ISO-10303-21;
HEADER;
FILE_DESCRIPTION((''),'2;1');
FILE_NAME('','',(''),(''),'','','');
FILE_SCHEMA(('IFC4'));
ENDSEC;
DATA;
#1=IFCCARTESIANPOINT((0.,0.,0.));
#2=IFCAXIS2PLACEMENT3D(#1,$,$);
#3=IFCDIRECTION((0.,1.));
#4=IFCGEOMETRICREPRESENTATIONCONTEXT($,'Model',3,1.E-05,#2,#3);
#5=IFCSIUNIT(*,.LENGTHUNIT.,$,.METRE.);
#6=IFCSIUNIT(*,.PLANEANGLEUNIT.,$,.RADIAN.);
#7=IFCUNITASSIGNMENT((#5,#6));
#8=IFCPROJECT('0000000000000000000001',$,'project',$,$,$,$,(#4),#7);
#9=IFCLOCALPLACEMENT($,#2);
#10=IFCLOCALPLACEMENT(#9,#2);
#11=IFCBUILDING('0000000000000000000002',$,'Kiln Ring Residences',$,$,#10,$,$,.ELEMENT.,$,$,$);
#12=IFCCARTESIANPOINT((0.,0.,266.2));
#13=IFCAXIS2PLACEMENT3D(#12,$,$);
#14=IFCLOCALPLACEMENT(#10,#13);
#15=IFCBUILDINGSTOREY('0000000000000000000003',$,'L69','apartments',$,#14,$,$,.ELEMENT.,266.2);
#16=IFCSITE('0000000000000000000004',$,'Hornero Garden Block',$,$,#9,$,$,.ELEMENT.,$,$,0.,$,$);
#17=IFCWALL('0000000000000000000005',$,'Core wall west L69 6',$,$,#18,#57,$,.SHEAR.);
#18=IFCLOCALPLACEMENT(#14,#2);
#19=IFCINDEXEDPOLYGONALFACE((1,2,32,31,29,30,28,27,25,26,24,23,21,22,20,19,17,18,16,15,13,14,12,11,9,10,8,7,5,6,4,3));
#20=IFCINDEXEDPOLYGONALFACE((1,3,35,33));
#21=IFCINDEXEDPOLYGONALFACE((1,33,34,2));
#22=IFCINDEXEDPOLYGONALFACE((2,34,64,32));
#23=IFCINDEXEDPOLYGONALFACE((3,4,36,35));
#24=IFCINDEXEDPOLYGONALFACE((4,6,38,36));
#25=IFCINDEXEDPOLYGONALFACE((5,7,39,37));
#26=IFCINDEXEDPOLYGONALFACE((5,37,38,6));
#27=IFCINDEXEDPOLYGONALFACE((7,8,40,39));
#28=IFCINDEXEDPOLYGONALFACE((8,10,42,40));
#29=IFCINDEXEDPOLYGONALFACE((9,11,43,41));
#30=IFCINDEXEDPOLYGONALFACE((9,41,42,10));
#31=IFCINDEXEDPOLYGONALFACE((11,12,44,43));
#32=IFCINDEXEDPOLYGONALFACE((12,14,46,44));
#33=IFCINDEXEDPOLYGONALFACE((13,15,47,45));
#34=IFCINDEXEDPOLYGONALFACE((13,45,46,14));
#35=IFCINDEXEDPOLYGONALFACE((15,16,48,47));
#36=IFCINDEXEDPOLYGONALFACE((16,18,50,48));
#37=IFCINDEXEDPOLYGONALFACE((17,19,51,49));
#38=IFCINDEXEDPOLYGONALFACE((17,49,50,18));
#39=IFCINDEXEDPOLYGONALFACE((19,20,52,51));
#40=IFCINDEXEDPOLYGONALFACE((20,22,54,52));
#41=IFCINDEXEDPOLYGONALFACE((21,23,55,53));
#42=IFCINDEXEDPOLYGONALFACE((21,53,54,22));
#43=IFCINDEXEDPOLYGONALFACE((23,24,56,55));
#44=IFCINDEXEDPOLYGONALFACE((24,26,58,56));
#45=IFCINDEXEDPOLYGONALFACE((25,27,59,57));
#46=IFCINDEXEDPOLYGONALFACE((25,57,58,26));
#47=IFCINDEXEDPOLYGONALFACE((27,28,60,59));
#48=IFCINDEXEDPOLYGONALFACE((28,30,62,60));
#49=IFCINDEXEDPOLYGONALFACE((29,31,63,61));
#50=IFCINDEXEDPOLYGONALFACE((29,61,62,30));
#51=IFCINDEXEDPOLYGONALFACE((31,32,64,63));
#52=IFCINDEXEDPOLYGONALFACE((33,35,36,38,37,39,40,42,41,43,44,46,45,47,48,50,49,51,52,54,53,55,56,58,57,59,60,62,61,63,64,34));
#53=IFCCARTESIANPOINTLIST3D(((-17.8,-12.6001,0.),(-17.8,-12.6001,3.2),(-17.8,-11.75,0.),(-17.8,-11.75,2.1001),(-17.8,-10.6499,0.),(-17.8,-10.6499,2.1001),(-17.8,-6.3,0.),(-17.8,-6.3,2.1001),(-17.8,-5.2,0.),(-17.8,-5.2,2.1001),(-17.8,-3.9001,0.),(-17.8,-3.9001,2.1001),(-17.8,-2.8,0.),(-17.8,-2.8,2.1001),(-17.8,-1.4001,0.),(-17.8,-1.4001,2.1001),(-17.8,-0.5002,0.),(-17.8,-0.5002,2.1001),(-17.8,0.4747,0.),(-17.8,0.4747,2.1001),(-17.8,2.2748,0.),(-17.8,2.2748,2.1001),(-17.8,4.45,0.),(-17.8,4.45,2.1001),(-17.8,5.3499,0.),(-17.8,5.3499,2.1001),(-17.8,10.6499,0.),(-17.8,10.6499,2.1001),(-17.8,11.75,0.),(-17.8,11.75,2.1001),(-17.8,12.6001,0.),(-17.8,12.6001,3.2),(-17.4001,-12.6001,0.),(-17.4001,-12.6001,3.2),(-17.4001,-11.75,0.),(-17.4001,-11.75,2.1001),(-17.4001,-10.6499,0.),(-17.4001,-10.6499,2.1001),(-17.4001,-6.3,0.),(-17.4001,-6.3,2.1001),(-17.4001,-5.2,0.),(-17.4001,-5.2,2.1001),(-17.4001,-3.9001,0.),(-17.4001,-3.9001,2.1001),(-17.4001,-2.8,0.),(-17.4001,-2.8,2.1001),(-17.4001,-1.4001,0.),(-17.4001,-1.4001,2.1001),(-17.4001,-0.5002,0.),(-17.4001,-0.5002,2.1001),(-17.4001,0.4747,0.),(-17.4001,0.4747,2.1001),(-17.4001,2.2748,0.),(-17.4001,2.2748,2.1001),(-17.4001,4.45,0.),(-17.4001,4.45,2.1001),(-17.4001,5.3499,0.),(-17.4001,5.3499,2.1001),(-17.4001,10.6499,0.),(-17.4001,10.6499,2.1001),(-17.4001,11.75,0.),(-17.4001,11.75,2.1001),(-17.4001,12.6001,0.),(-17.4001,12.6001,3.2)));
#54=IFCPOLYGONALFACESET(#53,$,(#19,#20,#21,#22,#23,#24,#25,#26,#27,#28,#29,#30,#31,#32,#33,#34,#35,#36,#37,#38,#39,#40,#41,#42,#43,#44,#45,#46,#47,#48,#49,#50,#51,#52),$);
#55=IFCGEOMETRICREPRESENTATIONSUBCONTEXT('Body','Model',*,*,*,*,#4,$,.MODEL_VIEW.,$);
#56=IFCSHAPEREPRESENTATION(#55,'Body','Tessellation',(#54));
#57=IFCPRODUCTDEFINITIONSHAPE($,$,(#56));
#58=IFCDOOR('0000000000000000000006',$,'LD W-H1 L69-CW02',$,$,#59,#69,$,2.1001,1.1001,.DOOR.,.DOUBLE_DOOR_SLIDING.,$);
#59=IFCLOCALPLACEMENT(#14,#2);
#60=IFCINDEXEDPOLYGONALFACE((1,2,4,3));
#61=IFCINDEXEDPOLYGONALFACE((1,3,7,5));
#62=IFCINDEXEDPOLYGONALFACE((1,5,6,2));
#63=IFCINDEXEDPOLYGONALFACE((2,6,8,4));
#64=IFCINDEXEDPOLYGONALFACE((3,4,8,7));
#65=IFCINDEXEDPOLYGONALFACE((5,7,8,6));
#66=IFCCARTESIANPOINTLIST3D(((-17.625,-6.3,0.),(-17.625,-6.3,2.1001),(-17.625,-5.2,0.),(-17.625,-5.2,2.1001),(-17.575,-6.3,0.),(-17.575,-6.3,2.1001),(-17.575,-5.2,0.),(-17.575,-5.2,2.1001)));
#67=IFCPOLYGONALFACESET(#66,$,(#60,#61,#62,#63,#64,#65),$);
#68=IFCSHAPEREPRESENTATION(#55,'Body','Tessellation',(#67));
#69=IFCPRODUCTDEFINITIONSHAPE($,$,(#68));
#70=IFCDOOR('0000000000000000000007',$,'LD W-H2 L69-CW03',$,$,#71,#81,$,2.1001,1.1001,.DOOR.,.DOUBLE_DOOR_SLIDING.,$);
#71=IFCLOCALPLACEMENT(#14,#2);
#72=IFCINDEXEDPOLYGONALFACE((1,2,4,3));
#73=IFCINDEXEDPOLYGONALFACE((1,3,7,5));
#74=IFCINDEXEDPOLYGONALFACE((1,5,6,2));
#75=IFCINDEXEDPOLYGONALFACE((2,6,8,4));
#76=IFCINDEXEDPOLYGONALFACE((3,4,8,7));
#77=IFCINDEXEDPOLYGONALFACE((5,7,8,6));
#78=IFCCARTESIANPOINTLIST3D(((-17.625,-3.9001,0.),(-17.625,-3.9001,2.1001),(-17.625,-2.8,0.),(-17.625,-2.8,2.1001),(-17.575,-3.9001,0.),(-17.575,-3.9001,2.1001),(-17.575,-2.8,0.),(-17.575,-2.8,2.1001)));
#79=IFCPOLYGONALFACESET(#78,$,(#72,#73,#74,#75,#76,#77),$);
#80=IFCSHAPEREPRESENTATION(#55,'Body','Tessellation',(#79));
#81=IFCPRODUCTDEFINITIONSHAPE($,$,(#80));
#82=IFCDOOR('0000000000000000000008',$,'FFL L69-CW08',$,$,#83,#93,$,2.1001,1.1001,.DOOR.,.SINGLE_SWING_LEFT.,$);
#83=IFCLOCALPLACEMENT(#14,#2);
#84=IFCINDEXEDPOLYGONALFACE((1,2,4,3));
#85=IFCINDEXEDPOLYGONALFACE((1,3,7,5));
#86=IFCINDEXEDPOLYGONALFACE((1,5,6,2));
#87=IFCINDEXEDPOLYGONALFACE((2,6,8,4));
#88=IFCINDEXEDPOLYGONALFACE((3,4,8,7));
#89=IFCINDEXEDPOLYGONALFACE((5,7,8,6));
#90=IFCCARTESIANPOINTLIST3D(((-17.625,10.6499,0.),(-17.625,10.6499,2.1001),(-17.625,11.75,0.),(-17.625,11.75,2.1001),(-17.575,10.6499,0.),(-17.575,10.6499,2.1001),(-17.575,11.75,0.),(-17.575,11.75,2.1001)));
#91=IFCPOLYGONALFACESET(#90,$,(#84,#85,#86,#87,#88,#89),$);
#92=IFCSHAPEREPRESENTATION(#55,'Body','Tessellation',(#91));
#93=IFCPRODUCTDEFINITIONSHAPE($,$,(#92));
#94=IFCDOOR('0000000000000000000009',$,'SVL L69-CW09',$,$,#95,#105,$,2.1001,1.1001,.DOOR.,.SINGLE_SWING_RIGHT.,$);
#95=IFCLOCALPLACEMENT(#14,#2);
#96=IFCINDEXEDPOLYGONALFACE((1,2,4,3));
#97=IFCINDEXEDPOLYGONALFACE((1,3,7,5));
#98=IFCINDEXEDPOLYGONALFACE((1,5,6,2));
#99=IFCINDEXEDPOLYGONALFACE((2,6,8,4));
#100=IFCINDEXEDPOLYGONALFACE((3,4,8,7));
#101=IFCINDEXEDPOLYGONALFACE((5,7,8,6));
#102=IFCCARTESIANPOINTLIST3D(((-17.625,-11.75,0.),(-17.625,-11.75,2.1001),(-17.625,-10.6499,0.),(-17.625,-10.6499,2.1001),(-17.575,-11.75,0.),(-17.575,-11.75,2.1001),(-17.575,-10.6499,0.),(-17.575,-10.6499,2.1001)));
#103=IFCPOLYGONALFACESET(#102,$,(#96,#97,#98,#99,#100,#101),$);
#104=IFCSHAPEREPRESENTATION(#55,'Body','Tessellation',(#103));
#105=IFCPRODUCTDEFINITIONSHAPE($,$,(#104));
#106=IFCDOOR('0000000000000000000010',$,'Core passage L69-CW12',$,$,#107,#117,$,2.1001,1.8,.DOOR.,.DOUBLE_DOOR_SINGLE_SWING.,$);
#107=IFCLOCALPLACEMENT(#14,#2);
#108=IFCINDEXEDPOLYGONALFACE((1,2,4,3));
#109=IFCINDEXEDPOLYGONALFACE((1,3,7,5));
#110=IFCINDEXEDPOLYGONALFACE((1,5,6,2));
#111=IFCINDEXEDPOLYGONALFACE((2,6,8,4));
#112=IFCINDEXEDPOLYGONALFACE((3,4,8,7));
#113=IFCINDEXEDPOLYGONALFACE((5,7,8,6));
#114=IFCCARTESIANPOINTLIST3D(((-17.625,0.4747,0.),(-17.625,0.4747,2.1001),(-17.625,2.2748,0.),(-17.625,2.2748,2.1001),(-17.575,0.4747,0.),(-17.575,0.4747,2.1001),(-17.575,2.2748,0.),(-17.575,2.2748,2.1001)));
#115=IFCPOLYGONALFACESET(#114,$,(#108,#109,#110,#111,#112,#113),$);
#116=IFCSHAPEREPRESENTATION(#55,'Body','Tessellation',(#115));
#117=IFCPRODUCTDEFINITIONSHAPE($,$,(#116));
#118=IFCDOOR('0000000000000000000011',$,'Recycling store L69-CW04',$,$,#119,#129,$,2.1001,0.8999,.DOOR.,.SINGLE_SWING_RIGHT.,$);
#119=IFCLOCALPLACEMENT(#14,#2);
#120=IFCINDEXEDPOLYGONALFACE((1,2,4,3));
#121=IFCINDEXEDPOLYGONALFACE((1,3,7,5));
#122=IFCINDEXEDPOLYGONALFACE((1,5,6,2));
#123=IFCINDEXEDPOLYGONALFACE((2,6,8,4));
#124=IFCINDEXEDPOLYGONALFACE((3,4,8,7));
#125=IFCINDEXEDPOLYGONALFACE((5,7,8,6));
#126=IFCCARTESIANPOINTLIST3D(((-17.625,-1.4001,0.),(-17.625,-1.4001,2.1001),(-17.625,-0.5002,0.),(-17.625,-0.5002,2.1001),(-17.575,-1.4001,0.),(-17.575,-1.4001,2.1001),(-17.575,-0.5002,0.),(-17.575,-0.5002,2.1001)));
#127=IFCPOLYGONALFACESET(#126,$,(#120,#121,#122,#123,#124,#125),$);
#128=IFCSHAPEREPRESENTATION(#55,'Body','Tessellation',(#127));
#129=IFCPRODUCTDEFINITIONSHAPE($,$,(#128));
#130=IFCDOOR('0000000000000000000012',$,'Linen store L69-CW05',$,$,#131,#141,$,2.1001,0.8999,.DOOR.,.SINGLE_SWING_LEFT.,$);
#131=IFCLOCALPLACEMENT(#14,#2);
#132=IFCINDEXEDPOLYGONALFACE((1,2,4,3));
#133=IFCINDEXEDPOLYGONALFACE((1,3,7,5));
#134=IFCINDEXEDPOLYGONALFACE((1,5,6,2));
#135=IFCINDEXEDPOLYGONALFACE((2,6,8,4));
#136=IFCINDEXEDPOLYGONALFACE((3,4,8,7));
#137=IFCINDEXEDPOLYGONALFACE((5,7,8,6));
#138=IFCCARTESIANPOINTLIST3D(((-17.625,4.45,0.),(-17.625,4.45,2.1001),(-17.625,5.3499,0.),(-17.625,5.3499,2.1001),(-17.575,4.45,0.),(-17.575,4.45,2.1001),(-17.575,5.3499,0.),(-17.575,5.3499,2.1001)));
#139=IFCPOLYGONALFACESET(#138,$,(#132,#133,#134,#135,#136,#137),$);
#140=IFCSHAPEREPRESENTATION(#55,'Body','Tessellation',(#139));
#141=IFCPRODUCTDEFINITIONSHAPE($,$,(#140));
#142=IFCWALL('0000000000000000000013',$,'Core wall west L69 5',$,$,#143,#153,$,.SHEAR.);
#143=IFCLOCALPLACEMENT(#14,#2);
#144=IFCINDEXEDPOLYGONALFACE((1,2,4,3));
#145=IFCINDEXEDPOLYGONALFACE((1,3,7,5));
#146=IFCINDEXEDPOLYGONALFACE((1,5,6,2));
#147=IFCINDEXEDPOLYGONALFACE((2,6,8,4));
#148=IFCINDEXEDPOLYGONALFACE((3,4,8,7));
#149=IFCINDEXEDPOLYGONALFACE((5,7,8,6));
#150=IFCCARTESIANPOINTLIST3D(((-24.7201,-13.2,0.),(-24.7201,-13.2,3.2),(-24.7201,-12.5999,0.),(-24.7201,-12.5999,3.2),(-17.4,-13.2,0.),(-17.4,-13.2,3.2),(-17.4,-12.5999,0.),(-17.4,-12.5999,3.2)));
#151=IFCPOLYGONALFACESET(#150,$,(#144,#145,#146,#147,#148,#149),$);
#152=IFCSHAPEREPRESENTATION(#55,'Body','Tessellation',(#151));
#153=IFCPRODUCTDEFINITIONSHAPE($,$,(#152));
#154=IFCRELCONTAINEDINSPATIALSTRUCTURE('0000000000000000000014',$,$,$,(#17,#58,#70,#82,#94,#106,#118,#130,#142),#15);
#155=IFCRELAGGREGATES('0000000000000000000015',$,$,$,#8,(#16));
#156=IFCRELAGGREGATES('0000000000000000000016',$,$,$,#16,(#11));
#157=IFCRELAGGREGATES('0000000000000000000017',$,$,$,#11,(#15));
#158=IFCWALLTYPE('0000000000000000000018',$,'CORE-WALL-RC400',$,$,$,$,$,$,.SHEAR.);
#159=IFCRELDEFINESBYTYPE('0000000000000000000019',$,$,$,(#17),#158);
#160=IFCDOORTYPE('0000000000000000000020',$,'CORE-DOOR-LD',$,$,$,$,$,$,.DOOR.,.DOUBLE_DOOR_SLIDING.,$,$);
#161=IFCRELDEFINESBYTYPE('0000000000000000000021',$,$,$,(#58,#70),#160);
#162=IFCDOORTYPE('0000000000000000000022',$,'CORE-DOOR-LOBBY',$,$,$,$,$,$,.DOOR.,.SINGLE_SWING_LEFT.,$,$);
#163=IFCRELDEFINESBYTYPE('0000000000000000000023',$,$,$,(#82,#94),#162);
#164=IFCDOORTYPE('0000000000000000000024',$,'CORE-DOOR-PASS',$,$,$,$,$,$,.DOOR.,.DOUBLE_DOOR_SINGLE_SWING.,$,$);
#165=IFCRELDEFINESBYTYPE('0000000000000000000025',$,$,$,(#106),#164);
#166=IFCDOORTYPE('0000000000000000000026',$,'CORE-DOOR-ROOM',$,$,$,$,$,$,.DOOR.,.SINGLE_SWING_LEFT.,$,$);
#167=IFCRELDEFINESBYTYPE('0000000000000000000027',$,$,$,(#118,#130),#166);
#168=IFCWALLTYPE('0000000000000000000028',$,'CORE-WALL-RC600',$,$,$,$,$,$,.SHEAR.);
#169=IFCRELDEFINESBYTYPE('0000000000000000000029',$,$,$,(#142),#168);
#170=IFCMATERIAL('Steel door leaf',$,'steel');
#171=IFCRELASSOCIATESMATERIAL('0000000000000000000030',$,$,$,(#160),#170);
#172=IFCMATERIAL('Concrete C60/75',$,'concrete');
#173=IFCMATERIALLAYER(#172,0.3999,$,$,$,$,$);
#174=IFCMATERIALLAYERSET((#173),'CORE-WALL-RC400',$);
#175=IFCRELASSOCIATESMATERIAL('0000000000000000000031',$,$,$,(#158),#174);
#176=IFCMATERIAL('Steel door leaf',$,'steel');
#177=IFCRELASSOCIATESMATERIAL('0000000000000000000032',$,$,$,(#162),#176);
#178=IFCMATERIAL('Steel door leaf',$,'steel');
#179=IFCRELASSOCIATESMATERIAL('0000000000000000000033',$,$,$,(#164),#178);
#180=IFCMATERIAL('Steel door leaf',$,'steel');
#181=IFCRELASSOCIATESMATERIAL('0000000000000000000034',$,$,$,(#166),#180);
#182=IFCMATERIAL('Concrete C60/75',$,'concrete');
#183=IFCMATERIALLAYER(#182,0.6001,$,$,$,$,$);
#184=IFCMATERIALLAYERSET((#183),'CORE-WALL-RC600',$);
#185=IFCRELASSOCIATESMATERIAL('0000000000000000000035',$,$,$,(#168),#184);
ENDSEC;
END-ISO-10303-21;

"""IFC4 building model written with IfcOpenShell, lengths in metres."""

from ifc_helpers import new_model, si_unit, direction, frame, frame_2d, origin, place, context, subcontext, project, spatial, rectangle, extrude, material, layer, layer_set, type_object, element, fill, save


model = new_model("IFC4")

# Units and contexts
model_context = context("Model", 3, precision=1e-05, world=origin(), true_north=direction((0.0, 1.0)))
body_context = subcontext(model_context, "Body", "Model", "MODEL_VIEW")
ifc_project = project(units=[si_unit("LENGTHUNIT", "METRE"), si_unit("PLANEANGLEUNIT", "RADIAN")], contexts=[model_context])

# Site, building, storey
site_placement = place(None, origin())
site = spatial("IfcSite", under=ifc_project, at=site_placement, Name="Hornero Garden Block", CompositionType="ELEMENT", RefElevation=0.0)
building_placement = place(site_placement, origin())
building = spatial("IfcBuilding", under=site, at=building_placement, Name="Kiln Ring Residences", CompositionType="ELEMENT")
storey_placement = place(building_placement, frame((0.0, 0.0, 266.2)))
storey = spatial("IfcBuildingStorey", under=building, at=storey_placement, Name="L69", Description="apartments", CompositionType="ELEMENT", Elevation=266.2)

# Wall, openings, doors
ifc_material_1 = material(Name="Steel door leaf", Category="steel")
door_type_1 = type_object("IfcDoorType", Name="CORE-DOOR-LD", OperationType="DOUBLE_DOOR_SLIDING", PredefinedType="DOOR", material=ifc_material_1)
ifc_material_2 = material(Name="Concrete C60/75", Category="concrete")
ifc_layer_1 = layer(ifc_material_2, 0.3999)
ifc_layer_set_1 = layer_set([ifc_layer_1], Name="CORE-WALL-RC400")
wall_type_1 = type_object("IfcWallType", Name="CORE-WALL-RC400", PredefinedType="SHEAR", material=ifc_layer_set_1)
wall_1_placement = place(storey_placement, frame((-17.6001, -12.6001, 0.0), z_axis=(0.0, 0.0, 1.0), x_axis=(0.0, 1.0, 0.0)))
wall_1 = element("IfcWall", 1, at=wall_1_placement, inside=storey, type_object=wall_type_1, Name="Core wall west L69 6", PredefinedType="SHEAR", context=body_context, shape_type="SweptSolid", body=[
    extrude(rectangle(XDim=25.2002, YDim=0.3999, at=frame_2d((12.6001, 0.0))), origin(), (0.0, 0.0, 1.0), 3.2),
])
opening_1_placement = place(wall_1_placement, frame((6.3, 0.0, 0.0)))
opening_1 = element("IfcOpeningElement", 2, at=opening_1_placement, cuts=wall_1, PredefinedType="OPENING", context=body_context, shape_type="SweptSolid", body=[
    extrude(rectangle(XDim=1.1001, YDim=2.1001, at=frame_2d((0.55, 1.05))), frame((0.0, 0.21, 0.0), z_axis=(0.0, -1.0, 0.0), x_axis=(1.0, 0.0, 0.0)), (0.0, 0.0, 1.0), 0.4199),
])
opening_2_placement = place(wall_1_placement, frame((8.7, 0.0, 0.0)))
opening_2 = element("IfcOpeningElement", 3, at=opening_2_placement, cuts=wall_1, PredefinedType="OPENING", context=body_context, shape_type="SweptSolid", body=[
    extrude(rectangle(XDim=1.1001, YDim=2.1001, at=frame_2d((0.55, 1.05))), frame((0.0, 0.21, 0.0), z_axis=(0.0, -1.0, 0.0), x_axis=(1.0, 0.0, 0.0)), (0.0, 0.0, 1.0), 0.4199),
])
opening_3_placement = place(wall_1_placement, frame((11.2, 0.0, 0.0)))
opening_3 = element("IfcOpeningElement", 4, at=opening_3_placement, cuts=wall_1, PredefinedType="OPENING", context=body_context, shape_type="SweptSolid", body=[
    extrude(rectangle(XDim=0.8999, YDim=2.1001, at=frame_2d((0.45, 1.05))), frame((0.0, 0.21, 0.0), z_axis=(0.0, -1.0, 0.0), x_axis=(1.0, 0.0, 0.0)), (0.0, 0.0, 1.0), 0.4199),
])
opening_4_placement = place(wall_1_placement, frame((17.05, 0.0, 0.0)))
opening_4 = element("IfcOpeningElement", 5, at=opening_4_placement, cuts=wall_1, PredefinedType="OPENING", context=body_context, shape_type="SweptSolid", body=[
    extrude(rectangle(XDim=0.8999, YDim=2.1001, at=frame_2d((0.45, 1.05))), frame((0.0, 0.21, 0.0), z_axis=(0.0, -1.0, 0.0), x_axis=(1.0, 0.0, 0.0)), (0.0, 0.0, 1.0), 0.4199),
])
opening_5_placement = place(wall_1_placement, frame((23.25, 0.0, 0.0)))
opening_5 = element("IfcOpeningElement", 6, at=opening_5_placement, cuts=wall_1, PredefinedType="OPENING", context=body_context, shape_type="SweptSolid", body=[
    extrude(rectangle(XDim=1.1001, YDim=2.1001, at=frame_2d((0.55, 1.05))), frame((0.0, 0.21, 0.0), z_axis=(0.0, -1.0, 0.0), x_axis=(1.0, 0.0, 0.0)), (0.0, 0.0, 1.0), 0.4199),
])
opening_6_placement = place(wall_1_placement, frame((0.8501, 0.0, 0.0)))
opening_6 = element("IfcOpeningElement", 7, at=opening_6_placement, cuts=wall_1, PredefinedType="OPENING", context=body_context, shape_type="SweptSolid", body=[
    extrude(rectangle(XDim=1.1001, YDim=2.1001, at=frame_2d((0.55, 1.05))), frame((0.0, 0.21, 0.0), z_axis=(0.0, -1.0, 0.0), x_axis=(1.0, 0.0, 0.0)), (0.0, 0.0, 1.0), 0.4199),
])
opening_7_placement = place(wall_1_placement, frame((13.075, 0.0, 0.0)))
opening_7 = element("IfcOpeningElement", 8, at=opening_7_placement, cuts=wall_1, PredefinedType="OPENING", context=body_context, shape_type="SweptSolid", body=[
    extrude(rectangle(XDim=1.8, YDim=2.1001, at=frame_2d((0.8999, 1.05))), frame((0.0, 0.21, 0.0), z_axis=(0.0, -1.0, 0.0), x_axis=(1.0, 0.0, 0.0)), (0.0, 0.0, 1.0), 0.4199),
])
door_1_placement = place(opening_1_placement, origin())
door_1 = element("IfcDoor", 9, at=door_1_placement, inside=storey, type_object=door_type_1, Name="LD W-H1 L69-CW02", OperationType="DOUBLE_DOOR_SLIDING", OverallHeight=2.1001, OverallWidth=1.1001, PredefinedType="DOOR", context=body_context, shape_type="SweptSolid", body=[
    extrude(rectangle(XDim=1.1001, YDim=2.1001, at=frame_2d((0.55, 1.05))), frame((0.0, 0.0249, 0.0), z_axis=(0.0, -1.0, 0.0), x_axis=(1.0, 0.0, 0.0)), (0.0, 0.0, 1.0), 0.05),
])
fill(opening_1, door_1)
door_2_placement = place(opening_2_placement, origin())
door_2 = element("IfcDoor", 10, at=door_2_placement, inside=storey, type_object=door_type_1, Name="LD W-H2 L69-CW03", OperationType="DOUBLE_DOOR_SLIDING", OverallHeight=2.1001, OverallWidth=1.1001, PredefinedType="DOOR", context=body_context, shape_type="SweptSolid", body=[
    extrude(rectangle(XDim=1.1001, YDim=2.1001, at=frame_2d((0.55, 1.05))), frame((0.0, 0.0249, 0.0), z_axis=(0.0, -1.0, 0.0), x_axis=(1.0, 0.0, 0.0)), (0.0, 0.0, 1.0), 0.05),
])
fill(opening_2, door_2)
ifc_material_3 = material(Name="Steel door leaf", Category="steel")
door_type_2 = type_object("IfcDoorType", Name="CORE-DOOR-LOBBY", OperationType="SINGLE_SWING_LEFT", PredefinedType="DOOR", material=ifc_material_3)
door_3_placement = place(opening_5_placement, origin())
door_3 = element("IfcDoor", 11, at=door_3_placement, inside=storey, type_object=door_type_2, Name="FFL L69-CW08", OperationType="SINGLE_SWING_LEFT", OverallHeight=2.1001, OverallWidth=1.1001, PredefinedType="DOOR", context=body_context, shape_type="SweptSolid", body=[
    extrude(rectangle(XDim=1.1001, YDim=2.1001, at=frame_2d((0.55, 1.05))), frame((0.0, 0.0249, 0.0), z_axis=(0.0, -1.0, 0.0), x_axis=(1.0, 0.0, 0.0)), (0.0, 0.0, 1.0), 0.05),
])
fill(opening_5, door_3)
door_4_placement = place(opening_6_placement, origin())
door_4 = element("IfcDoor", 12, at=door_4_placement, inside=storey, type_object=door_type_2, Name="SVL L69-CW09", OperationType="SINGLE_SWING_RIGHT", OverallHeight=2.1001, OverallWidth=1.1001, PredefinedType="DOOR", context=body_context, shape_type="SweptSolid", body=[
    extrude(rectangle(XDim=1.1001, YDim=2.1001, at=frame_2d((0.55, 1.05))), frame((0.0, 0.0249, 0.0), z_axis=(0.0, -1.0, 0.0), x_axis=(1.0, 0.0, 0.0)), (0.0, 0.0, 1.0), 0.05),
])
fill(opening_6, door_4)
ifc_material_4 = material(Name="Steel door leaf", Category="steel")
door_type_3 = type_object("IfcDoorType", Name="CORE-DOOR-PASS", OperationType="DOUBLE_DOOR_SINGLE_SWING", PredefinedType="DOOR", material=ifc_material_4)
door_5_placement = place(opening_7_placement, origin())
door_5 = element("IfcDoor", 13, at=door_5_placement, inside=storey, type_object=door_type_3, Name="Core passage L69-CW12", OperationType="DOUBLE_DOOR_SINGLE_SWING", OverallHeight=2.1001, OverallWidth=1.8, PredefinedType="DOOR", context=body_context, shape_type="SweptSolid", body=[
    extrude(rectangle(XDim=1.8, YDim=2.1001, at=frame_2d((0.8999, 1.05))), frame((0.0, 0.0249, 0.0), z_axis=(0.0, -1.0, 0.0), x_axis=(1.0, 0.0, 0.0)), (0.0, 0.0, 1.0), 0.05),
])
fill(opening_7, door_5)
ifc_material_5 = material(Name="Steel door leaf", Category="steel")
door_type_4 = type_object("IfcDoorType", Name="CORE-DOOR-ROOM", OperationType="SINGLE_SWING_LEFT", PredefinedType="DOOR", material=ifc_material_5)
door_6_placement = place(opening_3_placement, origin())
door_6 = element("IfcDoor", 14, at=door_6_placement, inside=storey, type_object=door_type_4, Name="Recycling store L69-CW04", OperationType="SINGLE_SWING_RIGHT", OverallHeight=2.1001, OverallWidth=0.8999, PredefinedType="DOOR", context=body_context, shape_type="SweptSolid", body=[
    extrude(rectangle(XDim=0.8999, YDim=2.1001, at=frame_2d((0.45, 1.05))), frame((0.0, 0.0249, 0.0), z_axis=(0.0, -1.0, 0.0), x_axis=(1.0, 0.0, 0.0)), (0.0, 0.0, 1.0), 0.05),
])
fill(opening_3, door_6)
door_7_placement = place(opening_4_placement, origin())
door_7 = element("IfcDoor", 15, at=door_7_placement, inside=storey, type_object=door_type_4, Name="Linen store L69-CW05", OperationType="SINGLE_SWING_LEFT", OverallHeight=2.1001, OverallWidth=0.8999, PredefinedType="DOOR", context=body_context, shape_type="SweptSolid", body=[
    extrude(rectangle(XDim=0.8999, YDim=2.1001, at=frame_2d((0.45, 1.05))), frame((0.0, 0.0249, 0.0), z_axis=(0.0, -1.0, 0.0), x_axis=(1.0, 0.0, 0.0)), (0.0, 0.0, 1.0), 0.05),
])
fill(opening_4, door_7)

# Wall
ifc_material_6 = material(Name="Concrete C60/75", Category="concrete")
ifc_layer_2 = layer(ifc_material_6, 0.6001)
ifc_layer_set_2 = layer_set([ifc_layer_2], Name="CORE-WALL-RC600")
wall_type_2 = type_object("IfcWallType", Name="CORE-WALL-RC600", PredefinedType="SHEAR", material=ifc_layer_set_2)
wall_2_placement = place(storey_placement, frame((-17.3999, -12.8999, 0.0), z_axis=(0.0, 0.0, 1.0), x_axis=(-1.0, 0.0, 0.0)))
element("IfcWall", 16, at=wall_2_placement, inside=storey, type_object=wall_type_2, Name="Core wall west L69 5", PredefinedType="SHEAR", context=body_context, shape_type="SweptSolid", body=[
    extrude(rectangle(XDim=7.3201, YDim=0.6001, at=frame_2d((3.6602, 0.0))), origin(), (0.0, 0.0, 1.0), 3.2),
])

save(model, "model.ifc")
